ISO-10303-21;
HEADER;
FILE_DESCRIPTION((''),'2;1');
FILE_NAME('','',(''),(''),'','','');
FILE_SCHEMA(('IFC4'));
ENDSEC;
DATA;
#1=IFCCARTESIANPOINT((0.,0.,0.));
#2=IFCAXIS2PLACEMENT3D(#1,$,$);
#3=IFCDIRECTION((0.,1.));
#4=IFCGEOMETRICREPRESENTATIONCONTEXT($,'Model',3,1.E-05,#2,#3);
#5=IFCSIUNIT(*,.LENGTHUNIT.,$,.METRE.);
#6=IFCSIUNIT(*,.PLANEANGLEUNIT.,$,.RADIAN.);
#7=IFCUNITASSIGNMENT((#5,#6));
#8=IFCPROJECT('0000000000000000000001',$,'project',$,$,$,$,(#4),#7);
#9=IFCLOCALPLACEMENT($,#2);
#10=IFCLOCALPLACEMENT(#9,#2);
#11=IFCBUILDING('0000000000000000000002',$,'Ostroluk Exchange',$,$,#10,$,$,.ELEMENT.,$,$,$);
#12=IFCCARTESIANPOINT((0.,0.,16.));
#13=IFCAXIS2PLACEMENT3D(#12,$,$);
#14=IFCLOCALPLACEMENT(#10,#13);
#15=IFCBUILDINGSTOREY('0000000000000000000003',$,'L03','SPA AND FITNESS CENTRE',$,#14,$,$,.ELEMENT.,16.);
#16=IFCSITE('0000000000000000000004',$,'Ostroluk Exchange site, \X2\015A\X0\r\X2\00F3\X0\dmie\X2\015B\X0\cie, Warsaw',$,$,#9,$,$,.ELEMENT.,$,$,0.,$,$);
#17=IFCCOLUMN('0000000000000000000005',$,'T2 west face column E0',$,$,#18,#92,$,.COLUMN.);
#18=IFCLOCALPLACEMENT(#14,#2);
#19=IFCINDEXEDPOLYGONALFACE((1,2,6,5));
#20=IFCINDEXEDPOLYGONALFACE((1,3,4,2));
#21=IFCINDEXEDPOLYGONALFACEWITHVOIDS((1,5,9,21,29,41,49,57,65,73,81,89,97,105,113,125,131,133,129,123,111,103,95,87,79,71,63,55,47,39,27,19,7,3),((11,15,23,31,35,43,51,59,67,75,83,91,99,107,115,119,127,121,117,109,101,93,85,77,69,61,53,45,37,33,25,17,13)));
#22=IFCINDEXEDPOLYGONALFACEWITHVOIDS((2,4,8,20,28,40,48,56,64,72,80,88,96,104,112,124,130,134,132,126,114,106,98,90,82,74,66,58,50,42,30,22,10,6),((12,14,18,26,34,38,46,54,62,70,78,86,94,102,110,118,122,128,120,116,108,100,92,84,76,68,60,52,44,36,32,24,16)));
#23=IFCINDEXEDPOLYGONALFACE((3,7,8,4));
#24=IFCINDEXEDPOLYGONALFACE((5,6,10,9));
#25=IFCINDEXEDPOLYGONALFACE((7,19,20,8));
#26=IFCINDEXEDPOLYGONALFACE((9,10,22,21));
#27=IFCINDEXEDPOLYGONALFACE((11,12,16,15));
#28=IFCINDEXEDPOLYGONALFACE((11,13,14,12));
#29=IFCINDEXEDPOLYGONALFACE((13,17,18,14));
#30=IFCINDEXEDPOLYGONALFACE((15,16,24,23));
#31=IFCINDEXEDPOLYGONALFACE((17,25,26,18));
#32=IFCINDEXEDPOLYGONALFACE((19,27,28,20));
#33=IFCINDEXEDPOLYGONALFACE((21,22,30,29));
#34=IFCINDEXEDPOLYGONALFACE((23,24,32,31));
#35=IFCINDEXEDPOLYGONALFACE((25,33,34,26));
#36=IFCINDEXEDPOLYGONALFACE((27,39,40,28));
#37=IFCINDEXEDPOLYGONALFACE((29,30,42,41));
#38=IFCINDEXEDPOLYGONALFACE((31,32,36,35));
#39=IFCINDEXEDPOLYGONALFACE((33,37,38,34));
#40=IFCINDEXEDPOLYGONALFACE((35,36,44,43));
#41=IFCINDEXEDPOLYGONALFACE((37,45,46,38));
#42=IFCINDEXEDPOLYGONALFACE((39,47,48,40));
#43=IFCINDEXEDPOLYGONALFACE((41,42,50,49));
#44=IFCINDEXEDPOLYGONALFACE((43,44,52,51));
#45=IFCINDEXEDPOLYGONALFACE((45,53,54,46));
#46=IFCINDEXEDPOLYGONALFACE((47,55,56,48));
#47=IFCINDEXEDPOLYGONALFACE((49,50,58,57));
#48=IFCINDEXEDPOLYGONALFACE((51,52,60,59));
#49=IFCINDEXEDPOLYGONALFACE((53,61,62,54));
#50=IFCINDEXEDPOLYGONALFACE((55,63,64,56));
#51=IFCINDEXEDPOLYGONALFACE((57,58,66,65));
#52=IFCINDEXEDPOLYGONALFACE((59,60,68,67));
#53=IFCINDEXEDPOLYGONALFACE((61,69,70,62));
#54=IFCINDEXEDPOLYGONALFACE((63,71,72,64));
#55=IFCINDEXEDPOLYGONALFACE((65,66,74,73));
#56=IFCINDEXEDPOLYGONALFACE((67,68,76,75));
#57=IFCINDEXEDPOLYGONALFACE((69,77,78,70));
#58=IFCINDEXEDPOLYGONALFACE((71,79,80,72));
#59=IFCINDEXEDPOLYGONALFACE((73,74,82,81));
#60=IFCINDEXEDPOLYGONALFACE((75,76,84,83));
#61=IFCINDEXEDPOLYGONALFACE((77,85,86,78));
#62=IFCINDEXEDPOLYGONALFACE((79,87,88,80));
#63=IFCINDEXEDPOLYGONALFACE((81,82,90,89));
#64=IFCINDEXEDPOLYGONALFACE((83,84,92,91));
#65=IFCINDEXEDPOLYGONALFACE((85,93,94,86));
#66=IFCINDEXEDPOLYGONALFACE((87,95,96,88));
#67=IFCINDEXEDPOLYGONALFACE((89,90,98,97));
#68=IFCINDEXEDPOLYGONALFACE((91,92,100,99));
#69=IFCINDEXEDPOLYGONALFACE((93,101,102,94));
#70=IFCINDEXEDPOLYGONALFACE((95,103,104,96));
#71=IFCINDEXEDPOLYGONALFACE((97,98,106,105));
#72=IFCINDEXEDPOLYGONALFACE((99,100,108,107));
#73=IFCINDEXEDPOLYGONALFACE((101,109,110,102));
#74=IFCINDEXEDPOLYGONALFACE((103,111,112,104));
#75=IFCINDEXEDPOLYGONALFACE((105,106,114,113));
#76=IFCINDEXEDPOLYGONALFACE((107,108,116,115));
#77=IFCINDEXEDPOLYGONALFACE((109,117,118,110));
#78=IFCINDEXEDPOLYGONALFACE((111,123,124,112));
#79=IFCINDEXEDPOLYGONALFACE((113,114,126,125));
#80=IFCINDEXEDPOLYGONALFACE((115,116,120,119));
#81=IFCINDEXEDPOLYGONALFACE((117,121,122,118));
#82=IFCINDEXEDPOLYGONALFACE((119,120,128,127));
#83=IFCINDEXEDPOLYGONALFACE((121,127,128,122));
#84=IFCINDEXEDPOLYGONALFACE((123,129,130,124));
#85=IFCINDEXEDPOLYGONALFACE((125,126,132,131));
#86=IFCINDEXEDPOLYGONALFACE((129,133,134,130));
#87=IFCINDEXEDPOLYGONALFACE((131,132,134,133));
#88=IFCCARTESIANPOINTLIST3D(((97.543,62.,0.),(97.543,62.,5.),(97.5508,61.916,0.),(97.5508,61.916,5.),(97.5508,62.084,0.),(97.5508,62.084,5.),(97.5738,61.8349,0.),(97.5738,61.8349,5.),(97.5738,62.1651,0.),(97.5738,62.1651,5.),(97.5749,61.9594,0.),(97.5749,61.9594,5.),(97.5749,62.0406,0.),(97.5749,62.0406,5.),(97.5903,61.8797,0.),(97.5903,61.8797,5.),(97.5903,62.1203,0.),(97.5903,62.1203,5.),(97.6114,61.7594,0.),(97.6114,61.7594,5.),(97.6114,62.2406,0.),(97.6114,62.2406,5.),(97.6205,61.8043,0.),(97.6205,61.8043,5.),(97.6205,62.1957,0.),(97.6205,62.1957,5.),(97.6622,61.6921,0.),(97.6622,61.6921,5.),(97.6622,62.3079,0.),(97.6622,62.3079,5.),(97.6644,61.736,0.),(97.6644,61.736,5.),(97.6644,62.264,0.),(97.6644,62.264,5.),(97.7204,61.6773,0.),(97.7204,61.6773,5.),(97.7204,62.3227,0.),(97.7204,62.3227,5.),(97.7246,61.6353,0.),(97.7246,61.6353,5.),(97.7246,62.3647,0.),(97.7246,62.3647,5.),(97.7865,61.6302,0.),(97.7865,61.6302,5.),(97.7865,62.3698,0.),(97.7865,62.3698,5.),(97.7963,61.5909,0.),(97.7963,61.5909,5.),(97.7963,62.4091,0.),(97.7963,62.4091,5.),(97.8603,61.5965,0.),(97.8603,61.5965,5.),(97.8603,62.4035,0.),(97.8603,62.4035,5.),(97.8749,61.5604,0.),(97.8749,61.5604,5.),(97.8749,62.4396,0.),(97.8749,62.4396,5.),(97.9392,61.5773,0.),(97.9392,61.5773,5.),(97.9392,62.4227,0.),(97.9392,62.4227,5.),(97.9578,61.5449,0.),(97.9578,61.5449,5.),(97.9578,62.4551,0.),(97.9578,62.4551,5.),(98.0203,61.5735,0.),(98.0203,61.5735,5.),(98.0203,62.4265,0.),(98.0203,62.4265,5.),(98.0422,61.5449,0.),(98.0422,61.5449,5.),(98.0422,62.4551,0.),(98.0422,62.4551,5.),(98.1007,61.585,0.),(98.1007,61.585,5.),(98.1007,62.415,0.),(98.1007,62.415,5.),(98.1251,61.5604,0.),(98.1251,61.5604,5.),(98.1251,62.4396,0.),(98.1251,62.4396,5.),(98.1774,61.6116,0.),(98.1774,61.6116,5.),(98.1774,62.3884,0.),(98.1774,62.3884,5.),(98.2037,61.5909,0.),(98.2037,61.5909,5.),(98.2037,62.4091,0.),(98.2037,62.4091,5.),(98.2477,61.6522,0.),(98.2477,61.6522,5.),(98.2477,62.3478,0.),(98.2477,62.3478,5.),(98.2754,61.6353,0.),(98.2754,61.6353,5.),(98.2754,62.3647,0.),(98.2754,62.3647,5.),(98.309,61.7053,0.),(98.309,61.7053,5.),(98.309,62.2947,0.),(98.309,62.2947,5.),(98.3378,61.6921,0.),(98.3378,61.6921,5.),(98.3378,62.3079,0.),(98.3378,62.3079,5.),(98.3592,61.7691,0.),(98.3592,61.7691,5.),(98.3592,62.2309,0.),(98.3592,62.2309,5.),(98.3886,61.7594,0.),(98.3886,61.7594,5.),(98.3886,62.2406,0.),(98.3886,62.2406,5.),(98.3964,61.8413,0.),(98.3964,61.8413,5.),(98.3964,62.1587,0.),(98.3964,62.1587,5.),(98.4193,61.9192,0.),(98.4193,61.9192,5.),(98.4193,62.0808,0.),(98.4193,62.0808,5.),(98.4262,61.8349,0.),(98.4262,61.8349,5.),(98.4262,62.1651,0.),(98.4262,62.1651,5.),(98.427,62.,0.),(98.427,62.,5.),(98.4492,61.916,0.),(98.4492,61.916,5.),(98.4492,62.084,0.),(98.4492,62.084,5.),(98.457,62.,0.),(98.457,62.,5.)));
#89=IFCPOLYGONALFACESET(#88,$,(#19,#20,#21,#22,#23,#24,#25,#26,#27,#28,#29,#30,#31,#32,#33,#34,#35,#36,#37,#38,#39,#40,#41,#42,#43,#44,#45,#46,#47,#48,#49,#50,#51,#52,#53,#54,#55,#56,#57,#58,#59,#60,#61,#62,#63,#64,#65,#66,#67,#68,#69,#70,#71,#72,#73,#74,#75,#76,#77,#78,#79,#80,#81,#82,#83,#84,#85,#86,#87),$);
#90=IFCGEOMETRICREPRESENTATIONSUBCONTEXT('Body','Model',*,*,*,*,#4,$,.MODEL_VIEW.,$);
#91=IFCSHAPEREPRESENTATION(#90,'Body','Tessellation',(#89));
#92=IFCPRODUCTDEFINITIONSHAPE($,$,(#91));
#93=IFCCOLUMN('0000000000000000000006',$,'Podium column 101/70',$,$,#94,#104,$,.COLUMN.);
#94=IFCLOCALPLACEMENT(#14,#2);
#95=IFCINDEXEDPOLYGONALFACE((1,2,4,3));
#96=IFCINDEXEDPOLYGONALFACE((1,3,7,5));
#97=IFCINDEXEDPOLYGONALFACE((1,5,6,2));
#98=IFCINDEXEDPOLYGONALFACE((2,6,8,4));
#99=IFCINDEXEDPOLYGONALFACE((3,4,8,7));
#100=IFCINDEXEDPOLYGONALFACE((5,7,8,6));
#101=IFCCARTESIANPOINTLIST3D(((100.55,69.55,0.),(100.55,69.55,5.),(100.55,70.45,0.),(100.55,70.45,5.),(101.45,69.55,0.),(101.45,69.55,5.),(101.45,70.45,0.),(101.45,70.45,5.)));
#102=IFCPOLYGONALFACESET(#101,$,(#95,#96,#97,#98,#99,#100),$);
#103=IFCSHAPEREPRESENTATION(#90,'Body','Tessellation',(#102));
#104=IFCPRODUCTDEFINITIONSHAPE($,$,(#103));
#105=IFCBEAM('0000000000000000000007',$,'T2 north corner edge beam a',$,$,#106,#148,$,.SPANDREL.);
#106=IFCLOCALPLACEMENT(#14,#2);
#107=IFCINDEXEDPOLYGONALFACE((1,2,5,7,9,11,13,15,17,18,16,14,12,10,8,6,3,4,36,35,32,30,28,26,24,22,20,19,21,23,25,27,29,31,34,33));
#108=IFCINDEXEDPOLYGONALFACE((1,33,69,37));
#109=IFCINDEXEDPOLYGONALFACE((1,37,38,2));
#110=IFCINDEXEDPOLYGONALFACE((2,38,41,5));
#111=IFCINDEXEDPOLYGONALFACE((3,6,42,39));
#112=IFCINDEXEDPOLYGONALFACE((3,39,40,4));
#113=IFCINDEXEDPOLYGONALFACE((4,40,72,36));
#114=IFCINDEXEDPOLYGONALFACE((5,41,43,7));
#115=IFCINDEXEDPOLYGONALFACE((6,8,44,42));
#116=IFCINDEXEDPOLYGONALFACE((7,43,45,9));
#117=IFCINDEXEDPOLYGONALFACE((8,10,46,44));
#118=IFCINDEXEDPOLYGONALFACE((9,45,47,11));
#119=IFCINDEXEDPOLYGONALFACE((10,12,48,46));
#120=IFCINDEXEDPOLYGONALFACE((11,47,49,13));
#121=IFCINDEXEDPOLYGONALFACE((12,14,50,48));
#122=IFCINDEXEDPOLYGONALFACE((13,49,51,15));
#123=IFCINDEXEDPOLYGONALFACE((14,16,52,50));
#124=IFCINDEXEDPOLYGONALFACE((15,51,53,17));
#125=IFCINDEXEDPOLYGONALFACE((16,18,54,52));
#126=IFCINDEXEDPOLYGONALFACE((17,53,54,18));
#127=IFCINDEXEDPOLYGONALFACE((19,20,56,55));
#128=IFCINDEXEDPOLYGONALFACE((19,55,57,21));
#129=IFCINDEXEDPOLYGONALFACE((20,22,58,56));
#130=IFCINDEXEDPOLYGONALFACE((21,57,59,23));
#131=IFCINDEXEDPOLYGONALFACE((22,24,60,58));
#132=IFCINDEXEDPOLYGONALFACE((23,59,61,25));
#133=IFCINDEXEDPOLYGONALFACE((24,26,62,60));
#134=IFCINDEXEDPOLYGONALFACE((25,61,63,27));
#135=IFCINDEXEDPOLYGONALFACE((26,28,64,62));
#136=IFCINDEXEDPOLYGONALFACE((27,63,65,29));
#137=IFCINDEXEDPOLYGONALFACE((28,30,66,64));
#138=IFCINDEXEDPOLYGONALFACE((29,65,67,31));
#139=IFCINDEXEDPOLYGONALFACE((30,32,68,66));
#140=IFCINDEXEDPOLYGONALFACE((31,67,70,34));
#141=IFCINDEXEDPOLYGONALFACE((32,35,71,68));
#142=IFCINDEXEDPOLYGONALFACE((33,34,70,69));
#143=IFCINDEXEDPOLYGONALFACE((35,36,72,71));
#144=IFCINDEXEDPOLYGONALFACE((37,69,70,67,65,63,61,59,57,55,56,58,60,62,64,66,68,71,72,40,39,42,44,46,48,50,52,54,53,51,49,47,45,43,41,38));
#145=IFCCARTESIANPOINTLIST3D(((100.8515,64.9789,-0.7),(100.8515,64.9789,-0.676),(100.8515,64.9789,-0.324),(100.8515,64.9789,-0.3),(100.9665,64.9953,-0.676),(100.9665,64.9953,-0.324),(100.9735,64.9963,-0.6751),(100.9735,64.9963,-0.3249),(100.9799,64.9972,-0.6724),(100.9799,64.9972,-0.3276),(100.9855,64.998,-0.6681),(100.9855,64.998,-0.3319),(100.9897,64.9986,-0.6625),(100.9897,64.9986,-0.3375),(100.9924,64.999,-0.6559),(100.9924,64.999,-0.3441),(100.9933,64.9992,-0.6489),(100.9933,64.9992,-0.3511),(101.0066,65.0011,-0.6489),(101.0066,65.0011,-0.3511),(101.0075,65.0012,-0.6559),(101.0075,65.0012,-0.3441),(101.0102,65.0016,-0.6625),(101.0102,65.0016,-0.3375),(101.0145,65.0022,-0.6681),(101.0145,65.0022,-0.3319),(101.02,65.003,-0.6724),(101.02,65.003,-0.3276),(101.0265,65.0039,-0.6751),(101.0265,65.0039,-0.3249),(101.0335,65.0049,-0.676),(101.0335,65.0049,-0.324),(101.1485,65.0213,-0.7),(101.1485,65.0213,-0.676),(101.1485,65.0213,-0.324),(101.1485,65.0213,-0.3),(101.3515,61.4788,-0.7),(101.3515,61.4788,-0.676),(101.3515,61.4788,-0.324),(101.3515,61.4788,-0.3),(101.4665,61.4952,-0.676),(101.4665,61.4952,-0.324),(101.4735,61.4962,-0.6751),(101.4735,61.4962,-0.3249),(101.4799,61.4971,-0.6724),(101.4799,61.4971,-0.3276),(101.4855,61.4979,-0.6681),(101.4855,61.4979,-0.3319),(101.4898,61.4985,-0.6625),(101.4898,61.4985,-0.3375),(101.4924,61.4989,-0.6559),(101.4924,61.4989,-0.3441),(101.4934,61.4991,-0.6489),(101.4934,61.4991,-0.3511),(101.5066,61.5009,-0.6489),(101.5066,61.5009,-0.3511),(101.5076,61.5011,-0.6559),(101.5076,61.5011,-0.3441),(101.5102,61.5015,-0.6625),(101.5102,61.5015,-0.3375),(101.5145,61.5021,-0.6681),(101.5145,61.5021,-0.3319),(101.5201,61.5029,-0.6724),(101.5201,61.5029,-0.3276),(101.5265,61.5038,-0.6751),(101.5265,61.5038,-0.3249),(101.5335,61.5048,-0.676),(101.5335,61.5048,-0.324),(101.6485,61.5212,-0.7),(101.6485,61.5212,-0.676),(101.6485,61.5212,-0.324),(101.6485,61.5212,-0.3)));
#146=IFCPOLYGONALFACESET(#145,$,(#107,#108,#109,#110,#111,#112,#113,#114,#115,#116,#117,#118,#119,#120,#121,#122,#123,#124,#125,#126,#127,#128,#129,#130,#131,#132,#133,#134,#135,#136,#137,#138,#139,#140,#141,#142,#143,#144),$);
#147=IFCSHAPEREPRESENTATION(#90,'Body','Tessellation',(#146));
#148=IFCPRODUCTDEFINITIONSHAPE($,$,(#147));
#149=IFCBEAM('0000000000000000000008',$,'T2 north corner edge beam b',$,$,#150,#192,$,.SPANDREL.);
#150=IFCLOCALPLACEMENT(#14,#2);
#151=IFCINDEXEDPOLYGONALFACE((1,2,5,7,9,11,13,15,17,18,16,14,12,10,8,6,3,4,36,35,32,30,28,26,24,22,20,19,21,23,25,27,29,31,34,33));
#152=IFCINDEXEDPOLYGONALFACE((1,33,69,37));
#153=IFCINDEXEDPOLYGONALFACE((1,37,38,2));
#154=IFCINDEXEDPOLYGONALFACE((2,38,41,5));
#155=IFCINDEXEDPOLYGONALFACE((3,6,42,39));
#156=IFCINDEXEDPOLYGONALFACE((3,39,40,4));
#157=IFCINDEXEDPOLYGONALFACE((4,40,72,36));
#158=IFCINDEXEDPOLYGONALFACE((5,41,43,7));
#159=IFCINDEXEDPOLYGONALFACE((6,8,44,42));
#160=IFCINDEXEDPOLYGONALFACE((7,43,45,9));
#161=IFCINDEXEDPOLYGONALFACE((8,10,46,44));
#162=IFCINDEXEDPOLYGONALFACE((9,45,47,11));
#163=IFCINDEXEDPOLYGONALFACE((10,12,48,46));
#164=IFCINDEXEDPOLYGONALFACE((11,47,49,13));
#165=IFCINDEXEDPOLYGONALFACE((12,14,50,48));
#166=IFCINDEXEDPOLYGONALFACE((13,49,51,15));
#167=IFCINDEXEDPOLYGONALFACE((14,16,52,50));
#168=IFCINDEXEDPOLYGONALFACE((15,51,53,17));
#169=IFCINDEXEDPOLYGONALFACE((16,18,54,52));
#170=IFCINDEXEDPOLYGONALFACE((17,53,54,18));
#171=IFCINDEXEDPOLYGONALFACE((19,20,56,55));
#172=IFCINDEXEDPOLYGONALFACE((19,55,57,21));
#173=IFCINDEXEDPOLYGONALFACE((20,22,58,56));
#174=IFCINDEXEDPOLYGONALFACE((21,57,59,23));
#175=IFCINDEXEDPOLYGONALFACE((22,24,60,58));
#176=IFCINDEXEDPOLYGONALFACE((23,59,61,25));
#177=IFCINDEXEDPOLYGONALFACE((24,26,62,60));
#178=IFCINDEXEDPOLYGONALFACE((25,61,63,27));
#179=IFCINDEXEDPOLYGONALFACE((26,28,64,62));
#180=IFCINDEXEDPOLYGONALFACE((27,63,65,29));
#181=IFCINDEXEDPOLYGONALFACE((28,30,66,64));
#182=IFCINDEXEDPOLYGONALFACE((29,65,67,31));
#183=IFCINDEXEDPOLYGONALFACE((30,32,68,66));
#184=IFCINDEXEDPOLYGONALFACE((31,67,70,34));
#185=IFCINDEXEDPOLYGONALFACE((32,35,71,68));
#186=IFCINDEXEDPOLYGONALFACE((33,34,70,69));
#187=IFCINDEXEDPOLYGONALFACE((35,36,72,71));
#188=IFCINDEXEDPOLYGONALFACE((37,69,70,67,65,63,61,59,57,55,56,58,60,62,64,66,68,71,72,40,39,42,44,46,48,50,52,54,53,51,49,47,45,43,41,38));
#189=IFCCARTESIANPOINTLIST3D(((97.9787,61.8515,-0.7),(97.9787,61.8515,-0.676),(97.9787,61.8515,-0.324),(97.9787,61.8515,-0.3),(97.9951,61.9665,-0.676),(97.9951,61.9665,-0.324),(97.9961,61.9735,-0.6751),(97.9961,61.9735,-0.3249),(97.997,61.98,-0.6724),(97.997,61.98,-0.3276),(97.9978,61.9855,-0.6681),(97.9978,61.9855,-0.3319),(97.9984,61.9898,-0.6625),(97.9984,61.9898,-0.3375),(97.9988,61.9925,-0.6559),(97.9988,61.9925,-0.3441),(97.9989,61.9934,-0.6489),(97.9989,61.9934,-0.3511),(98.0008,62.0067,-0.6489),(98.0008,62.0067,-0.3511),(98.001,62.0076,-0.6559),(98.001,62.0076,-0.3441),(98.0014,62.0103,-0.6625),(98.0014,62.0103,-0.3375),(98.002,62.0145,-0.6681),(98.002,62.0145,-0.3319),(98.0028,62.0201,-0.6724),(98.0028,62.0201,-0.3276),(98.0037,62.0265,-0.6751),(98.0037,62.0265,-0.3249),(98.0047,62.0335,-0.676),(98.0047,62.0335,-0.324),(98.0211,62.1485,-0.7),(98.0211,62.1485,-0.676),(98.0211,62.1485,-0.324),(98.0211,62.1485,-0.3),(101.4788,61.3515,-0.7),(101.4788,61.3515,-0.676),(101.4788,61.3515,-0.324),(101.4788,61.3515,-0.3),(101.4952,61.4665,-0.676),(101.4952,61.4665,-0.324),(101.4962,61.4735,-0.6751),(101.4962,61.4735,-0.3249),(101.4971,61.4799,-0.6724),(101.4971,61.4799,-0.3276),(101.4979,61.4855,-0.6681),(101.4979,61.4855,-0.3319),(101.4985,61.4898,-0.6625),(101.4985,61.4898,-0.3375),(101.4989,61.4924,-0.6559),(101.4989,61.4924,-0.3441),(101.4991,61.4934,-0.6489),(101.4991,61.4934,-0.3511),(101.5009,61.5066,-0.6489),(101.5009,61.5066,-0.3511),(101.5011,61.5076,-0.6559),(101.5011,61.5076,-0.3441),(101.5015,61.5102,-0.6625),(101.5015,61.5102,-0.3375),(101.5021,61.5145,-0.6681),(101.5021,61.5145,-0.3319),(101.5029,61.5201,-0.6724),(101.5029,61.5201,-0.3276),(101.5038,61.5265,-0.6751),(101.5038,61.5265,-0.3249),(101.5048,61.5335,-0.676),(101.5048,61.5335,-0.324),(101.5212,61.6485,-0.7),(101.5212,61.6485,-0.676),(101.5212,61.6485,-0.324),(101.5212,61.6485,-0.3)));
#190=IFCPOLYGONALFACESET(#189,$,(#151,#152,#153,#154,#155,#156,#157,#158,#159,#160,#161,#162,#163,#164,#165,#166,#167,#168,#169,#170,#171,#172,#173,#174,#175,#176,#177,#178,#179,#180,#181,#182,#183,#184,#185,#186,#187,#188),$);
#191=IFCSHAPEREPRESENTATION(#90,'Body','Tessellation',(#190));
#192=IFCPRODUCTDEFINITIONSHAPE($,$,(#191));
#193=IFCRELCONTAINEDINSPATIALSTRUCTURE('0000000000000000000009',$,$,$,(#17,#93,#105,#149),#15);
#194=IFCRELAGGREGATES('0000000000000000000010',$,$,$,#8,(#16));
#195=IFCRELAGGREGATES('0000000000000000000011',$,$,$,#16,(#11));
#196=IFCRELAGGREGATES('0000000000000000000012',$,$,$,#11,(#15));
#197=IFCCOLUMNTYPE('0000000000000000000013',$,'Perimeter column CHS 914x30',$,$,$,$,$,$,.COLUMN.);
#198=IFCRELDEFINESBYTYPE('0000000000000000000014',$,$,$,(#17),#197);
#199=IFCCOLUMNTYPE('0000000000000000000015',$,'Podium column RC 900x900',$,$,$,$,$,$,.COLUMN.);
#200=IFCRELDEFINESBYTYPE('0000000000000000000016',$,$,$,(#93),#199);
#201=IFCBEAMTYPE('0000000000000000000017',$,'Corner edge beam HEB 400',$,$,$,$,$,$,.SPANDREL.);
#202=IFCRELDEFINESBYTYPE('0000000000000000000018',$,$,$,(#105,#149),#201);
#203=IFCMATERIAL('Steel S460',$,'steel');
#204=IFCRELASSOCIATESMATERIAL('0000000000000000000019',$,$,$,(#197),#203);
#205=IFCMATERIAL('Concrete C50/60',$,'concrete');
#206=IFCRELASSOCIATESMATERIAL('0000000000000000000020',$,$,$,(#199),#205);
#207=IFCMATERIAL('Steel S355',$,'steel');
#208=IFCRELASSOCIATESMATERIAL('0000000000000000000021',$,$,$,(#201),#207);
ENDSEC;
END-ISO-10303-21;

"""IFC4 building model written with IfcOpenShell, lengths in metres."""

from ifc_helpers import new_model, si_unit, direction, frame, origin, origin_2d, place, context, subcontext, project, spatial, rectangle, hollow_circle, i_section, extrude, material, material_profile, profile_set, type_object, element, save


model = new_model("IFC4")

# Units and contexts
model_context = context("Model", 3, precision=1e-05, world=origin(), true_north=direction((0.0, 1.0)))
body_context = subcontext(model_context, "Body", "Model", "MODEL_VIEW")
ifc_project = project(units=[si_unit("LENGTHUNIT", "METRE"), si_unit("PLANEANGLEUNIT", "RADIAN")], contexts=[model_context])

# Site, building, storey
site_placement = place(None, origin())
site = spatial("IfcSite", under=ifc_project, at=site_placement, Name="Ostroluk Exchange site, Śródmieście, Warsaw", CompositionType="ELEMENT", RefElevation=0.0)
building_placement = place(site_placement, origin())
building = spatial("IfcBuilding", under=site, at=building_placement, Name="Ostroluk Exchange", CompositionType="ELEMENT")
storey_placement = place(building_placement, frame((0.0, 0.0, 16.0)))
storey = spatial("IfcBuildingStorey", under=building, at=storey_placement, Name="L03", Description="SPA AND FITNESS CENTRE", CompositionType="ELEMENT", Elevation=16.0)

# Columns
ifc_material_1 = material(Name="Steel S460", Category="steel")
ifc_material_profile_1 = material_profile(ifc_material_1, hollow_circle(Radius=0.457, WallThickness=0.03, at=origin_2d()), Name="CHS 914x30")
ifc_profile_set_1 = profile_set([ifc_material_profile_1], Name="Steel S460")
column_type_1 = type_object("IfcColumnType", Name="Perimeter column CHS 914x30", PredefinedType="COLUMN", material=ifc_profile_set_1)
for number, where, z_axis, x_axis, name in (
    (1, (98.0, 62.0, 0.0), (0.0, 0.0, 1.0), (1.0, 0.0, 0.0), "T2 west face column E0"),
):
    element("IfcColumn", number, at=place(storey_placement, frame(where, z_axis=z_axis, x_axis=x_axis)), inside=storey, type_object=column_type_1, Name=name, PredefinedType="COLUMN", context=body_context, shape_type="SweptSolid", body=[
        extrude(hollow_circle(Radius=0.457, WallThickness=0.03, at=origin_2d()), origin(), (0.0, 0.0, 1.0), 5.0),
    ])
ifc_material_2 = material(Name="Concrete C50/60", Category="concrete")
ifc_material_profile_2 = material_profile(ifc_material_2, rectangle(XDim=0.8999, YDim=0.8999, at=origin_2d()), Name="RC 900x900")
ifc_profile_set_2 = profile_set([ifc_material_profile_2], Name="Concrete C50/60")
column_type_2 = type_object("IfcColumnType", Name="Podium column RC 900x900", PredefinedType="COLUMN", material=ifc_profile_set_2)
column_1_placement = place(storey_placement, frame((101.0, 70.0, 0.0), z_axis=(0.0, 0.0, 1.0), x_axis=(1.0, 0.0, 0.0)))
element("IfcColumn", 2, at=column_1_placement, inside=storey, type_object=column_type_2, Name="Podium column 101/70", PredefinedType="COLUMN", context=body_context, shape_type="SweptSolid", body=[
    extrude(rectangle(XDim=0.8999, YDim=0.8999, at=origin_2d()), origin(), (0.0, 0.0, 1.0), 5.0),
])

# Beams
ifc_material_3 = material(Name="Steel S355", Category="steel")
ifc_material_profile_3 = material_profile(ifc_material_3, i_section(OverallWidth=0.3, OverallDepth=0.3999, WebThickness=0.0134, FlangeThickness=0.0239, FilletRadius=0.0271, at=origin_2d()), Name="HEB 400")
ifc_profile_set_3 = profile_set([ifc_material_profile_3], Name="Steel S355")
beam_type_1 = type_object("IfcBeamType", Name="Corner edge beam HEB 400", PredefinedType="SPANDREL", material=ifc_profile_set_3)
for number, where, z_axis, x_axis, name in (
    (3, (101.5, 61.5, -0.5), (-0.141421, 0.989949, 0.0), (-0.989949, -0.141421, 0.0), "T2 north corner edge beam a"),
    (4, (101.5, 61.5, -0.5), (-0.989949, 0.141421, 0.0), (-0.141421, -0.989949, 0.0), "T2 north corner edge beam b"),
):
    element("IfcBeam", number, at=place(storey_placement, frame(where, z_axis=z_axis, x_axis=x_axis)), inside=storey, type_object=beam_type_1, Name=name, PredefinedType="SPANDREL", context=body_context, shape_type="SweptSolid", body=[
        extrude(i_section(OverallWidth=0.3, OverallDepth=0.3999, WebThickness=0.0134, FlangeThickness=0.0239, FilletRadius=0.0271, at=origin_2d()), origin(), (0.0, 0.0, 1.0), 3.5356),
    ])

save(model, "model.ifc")
